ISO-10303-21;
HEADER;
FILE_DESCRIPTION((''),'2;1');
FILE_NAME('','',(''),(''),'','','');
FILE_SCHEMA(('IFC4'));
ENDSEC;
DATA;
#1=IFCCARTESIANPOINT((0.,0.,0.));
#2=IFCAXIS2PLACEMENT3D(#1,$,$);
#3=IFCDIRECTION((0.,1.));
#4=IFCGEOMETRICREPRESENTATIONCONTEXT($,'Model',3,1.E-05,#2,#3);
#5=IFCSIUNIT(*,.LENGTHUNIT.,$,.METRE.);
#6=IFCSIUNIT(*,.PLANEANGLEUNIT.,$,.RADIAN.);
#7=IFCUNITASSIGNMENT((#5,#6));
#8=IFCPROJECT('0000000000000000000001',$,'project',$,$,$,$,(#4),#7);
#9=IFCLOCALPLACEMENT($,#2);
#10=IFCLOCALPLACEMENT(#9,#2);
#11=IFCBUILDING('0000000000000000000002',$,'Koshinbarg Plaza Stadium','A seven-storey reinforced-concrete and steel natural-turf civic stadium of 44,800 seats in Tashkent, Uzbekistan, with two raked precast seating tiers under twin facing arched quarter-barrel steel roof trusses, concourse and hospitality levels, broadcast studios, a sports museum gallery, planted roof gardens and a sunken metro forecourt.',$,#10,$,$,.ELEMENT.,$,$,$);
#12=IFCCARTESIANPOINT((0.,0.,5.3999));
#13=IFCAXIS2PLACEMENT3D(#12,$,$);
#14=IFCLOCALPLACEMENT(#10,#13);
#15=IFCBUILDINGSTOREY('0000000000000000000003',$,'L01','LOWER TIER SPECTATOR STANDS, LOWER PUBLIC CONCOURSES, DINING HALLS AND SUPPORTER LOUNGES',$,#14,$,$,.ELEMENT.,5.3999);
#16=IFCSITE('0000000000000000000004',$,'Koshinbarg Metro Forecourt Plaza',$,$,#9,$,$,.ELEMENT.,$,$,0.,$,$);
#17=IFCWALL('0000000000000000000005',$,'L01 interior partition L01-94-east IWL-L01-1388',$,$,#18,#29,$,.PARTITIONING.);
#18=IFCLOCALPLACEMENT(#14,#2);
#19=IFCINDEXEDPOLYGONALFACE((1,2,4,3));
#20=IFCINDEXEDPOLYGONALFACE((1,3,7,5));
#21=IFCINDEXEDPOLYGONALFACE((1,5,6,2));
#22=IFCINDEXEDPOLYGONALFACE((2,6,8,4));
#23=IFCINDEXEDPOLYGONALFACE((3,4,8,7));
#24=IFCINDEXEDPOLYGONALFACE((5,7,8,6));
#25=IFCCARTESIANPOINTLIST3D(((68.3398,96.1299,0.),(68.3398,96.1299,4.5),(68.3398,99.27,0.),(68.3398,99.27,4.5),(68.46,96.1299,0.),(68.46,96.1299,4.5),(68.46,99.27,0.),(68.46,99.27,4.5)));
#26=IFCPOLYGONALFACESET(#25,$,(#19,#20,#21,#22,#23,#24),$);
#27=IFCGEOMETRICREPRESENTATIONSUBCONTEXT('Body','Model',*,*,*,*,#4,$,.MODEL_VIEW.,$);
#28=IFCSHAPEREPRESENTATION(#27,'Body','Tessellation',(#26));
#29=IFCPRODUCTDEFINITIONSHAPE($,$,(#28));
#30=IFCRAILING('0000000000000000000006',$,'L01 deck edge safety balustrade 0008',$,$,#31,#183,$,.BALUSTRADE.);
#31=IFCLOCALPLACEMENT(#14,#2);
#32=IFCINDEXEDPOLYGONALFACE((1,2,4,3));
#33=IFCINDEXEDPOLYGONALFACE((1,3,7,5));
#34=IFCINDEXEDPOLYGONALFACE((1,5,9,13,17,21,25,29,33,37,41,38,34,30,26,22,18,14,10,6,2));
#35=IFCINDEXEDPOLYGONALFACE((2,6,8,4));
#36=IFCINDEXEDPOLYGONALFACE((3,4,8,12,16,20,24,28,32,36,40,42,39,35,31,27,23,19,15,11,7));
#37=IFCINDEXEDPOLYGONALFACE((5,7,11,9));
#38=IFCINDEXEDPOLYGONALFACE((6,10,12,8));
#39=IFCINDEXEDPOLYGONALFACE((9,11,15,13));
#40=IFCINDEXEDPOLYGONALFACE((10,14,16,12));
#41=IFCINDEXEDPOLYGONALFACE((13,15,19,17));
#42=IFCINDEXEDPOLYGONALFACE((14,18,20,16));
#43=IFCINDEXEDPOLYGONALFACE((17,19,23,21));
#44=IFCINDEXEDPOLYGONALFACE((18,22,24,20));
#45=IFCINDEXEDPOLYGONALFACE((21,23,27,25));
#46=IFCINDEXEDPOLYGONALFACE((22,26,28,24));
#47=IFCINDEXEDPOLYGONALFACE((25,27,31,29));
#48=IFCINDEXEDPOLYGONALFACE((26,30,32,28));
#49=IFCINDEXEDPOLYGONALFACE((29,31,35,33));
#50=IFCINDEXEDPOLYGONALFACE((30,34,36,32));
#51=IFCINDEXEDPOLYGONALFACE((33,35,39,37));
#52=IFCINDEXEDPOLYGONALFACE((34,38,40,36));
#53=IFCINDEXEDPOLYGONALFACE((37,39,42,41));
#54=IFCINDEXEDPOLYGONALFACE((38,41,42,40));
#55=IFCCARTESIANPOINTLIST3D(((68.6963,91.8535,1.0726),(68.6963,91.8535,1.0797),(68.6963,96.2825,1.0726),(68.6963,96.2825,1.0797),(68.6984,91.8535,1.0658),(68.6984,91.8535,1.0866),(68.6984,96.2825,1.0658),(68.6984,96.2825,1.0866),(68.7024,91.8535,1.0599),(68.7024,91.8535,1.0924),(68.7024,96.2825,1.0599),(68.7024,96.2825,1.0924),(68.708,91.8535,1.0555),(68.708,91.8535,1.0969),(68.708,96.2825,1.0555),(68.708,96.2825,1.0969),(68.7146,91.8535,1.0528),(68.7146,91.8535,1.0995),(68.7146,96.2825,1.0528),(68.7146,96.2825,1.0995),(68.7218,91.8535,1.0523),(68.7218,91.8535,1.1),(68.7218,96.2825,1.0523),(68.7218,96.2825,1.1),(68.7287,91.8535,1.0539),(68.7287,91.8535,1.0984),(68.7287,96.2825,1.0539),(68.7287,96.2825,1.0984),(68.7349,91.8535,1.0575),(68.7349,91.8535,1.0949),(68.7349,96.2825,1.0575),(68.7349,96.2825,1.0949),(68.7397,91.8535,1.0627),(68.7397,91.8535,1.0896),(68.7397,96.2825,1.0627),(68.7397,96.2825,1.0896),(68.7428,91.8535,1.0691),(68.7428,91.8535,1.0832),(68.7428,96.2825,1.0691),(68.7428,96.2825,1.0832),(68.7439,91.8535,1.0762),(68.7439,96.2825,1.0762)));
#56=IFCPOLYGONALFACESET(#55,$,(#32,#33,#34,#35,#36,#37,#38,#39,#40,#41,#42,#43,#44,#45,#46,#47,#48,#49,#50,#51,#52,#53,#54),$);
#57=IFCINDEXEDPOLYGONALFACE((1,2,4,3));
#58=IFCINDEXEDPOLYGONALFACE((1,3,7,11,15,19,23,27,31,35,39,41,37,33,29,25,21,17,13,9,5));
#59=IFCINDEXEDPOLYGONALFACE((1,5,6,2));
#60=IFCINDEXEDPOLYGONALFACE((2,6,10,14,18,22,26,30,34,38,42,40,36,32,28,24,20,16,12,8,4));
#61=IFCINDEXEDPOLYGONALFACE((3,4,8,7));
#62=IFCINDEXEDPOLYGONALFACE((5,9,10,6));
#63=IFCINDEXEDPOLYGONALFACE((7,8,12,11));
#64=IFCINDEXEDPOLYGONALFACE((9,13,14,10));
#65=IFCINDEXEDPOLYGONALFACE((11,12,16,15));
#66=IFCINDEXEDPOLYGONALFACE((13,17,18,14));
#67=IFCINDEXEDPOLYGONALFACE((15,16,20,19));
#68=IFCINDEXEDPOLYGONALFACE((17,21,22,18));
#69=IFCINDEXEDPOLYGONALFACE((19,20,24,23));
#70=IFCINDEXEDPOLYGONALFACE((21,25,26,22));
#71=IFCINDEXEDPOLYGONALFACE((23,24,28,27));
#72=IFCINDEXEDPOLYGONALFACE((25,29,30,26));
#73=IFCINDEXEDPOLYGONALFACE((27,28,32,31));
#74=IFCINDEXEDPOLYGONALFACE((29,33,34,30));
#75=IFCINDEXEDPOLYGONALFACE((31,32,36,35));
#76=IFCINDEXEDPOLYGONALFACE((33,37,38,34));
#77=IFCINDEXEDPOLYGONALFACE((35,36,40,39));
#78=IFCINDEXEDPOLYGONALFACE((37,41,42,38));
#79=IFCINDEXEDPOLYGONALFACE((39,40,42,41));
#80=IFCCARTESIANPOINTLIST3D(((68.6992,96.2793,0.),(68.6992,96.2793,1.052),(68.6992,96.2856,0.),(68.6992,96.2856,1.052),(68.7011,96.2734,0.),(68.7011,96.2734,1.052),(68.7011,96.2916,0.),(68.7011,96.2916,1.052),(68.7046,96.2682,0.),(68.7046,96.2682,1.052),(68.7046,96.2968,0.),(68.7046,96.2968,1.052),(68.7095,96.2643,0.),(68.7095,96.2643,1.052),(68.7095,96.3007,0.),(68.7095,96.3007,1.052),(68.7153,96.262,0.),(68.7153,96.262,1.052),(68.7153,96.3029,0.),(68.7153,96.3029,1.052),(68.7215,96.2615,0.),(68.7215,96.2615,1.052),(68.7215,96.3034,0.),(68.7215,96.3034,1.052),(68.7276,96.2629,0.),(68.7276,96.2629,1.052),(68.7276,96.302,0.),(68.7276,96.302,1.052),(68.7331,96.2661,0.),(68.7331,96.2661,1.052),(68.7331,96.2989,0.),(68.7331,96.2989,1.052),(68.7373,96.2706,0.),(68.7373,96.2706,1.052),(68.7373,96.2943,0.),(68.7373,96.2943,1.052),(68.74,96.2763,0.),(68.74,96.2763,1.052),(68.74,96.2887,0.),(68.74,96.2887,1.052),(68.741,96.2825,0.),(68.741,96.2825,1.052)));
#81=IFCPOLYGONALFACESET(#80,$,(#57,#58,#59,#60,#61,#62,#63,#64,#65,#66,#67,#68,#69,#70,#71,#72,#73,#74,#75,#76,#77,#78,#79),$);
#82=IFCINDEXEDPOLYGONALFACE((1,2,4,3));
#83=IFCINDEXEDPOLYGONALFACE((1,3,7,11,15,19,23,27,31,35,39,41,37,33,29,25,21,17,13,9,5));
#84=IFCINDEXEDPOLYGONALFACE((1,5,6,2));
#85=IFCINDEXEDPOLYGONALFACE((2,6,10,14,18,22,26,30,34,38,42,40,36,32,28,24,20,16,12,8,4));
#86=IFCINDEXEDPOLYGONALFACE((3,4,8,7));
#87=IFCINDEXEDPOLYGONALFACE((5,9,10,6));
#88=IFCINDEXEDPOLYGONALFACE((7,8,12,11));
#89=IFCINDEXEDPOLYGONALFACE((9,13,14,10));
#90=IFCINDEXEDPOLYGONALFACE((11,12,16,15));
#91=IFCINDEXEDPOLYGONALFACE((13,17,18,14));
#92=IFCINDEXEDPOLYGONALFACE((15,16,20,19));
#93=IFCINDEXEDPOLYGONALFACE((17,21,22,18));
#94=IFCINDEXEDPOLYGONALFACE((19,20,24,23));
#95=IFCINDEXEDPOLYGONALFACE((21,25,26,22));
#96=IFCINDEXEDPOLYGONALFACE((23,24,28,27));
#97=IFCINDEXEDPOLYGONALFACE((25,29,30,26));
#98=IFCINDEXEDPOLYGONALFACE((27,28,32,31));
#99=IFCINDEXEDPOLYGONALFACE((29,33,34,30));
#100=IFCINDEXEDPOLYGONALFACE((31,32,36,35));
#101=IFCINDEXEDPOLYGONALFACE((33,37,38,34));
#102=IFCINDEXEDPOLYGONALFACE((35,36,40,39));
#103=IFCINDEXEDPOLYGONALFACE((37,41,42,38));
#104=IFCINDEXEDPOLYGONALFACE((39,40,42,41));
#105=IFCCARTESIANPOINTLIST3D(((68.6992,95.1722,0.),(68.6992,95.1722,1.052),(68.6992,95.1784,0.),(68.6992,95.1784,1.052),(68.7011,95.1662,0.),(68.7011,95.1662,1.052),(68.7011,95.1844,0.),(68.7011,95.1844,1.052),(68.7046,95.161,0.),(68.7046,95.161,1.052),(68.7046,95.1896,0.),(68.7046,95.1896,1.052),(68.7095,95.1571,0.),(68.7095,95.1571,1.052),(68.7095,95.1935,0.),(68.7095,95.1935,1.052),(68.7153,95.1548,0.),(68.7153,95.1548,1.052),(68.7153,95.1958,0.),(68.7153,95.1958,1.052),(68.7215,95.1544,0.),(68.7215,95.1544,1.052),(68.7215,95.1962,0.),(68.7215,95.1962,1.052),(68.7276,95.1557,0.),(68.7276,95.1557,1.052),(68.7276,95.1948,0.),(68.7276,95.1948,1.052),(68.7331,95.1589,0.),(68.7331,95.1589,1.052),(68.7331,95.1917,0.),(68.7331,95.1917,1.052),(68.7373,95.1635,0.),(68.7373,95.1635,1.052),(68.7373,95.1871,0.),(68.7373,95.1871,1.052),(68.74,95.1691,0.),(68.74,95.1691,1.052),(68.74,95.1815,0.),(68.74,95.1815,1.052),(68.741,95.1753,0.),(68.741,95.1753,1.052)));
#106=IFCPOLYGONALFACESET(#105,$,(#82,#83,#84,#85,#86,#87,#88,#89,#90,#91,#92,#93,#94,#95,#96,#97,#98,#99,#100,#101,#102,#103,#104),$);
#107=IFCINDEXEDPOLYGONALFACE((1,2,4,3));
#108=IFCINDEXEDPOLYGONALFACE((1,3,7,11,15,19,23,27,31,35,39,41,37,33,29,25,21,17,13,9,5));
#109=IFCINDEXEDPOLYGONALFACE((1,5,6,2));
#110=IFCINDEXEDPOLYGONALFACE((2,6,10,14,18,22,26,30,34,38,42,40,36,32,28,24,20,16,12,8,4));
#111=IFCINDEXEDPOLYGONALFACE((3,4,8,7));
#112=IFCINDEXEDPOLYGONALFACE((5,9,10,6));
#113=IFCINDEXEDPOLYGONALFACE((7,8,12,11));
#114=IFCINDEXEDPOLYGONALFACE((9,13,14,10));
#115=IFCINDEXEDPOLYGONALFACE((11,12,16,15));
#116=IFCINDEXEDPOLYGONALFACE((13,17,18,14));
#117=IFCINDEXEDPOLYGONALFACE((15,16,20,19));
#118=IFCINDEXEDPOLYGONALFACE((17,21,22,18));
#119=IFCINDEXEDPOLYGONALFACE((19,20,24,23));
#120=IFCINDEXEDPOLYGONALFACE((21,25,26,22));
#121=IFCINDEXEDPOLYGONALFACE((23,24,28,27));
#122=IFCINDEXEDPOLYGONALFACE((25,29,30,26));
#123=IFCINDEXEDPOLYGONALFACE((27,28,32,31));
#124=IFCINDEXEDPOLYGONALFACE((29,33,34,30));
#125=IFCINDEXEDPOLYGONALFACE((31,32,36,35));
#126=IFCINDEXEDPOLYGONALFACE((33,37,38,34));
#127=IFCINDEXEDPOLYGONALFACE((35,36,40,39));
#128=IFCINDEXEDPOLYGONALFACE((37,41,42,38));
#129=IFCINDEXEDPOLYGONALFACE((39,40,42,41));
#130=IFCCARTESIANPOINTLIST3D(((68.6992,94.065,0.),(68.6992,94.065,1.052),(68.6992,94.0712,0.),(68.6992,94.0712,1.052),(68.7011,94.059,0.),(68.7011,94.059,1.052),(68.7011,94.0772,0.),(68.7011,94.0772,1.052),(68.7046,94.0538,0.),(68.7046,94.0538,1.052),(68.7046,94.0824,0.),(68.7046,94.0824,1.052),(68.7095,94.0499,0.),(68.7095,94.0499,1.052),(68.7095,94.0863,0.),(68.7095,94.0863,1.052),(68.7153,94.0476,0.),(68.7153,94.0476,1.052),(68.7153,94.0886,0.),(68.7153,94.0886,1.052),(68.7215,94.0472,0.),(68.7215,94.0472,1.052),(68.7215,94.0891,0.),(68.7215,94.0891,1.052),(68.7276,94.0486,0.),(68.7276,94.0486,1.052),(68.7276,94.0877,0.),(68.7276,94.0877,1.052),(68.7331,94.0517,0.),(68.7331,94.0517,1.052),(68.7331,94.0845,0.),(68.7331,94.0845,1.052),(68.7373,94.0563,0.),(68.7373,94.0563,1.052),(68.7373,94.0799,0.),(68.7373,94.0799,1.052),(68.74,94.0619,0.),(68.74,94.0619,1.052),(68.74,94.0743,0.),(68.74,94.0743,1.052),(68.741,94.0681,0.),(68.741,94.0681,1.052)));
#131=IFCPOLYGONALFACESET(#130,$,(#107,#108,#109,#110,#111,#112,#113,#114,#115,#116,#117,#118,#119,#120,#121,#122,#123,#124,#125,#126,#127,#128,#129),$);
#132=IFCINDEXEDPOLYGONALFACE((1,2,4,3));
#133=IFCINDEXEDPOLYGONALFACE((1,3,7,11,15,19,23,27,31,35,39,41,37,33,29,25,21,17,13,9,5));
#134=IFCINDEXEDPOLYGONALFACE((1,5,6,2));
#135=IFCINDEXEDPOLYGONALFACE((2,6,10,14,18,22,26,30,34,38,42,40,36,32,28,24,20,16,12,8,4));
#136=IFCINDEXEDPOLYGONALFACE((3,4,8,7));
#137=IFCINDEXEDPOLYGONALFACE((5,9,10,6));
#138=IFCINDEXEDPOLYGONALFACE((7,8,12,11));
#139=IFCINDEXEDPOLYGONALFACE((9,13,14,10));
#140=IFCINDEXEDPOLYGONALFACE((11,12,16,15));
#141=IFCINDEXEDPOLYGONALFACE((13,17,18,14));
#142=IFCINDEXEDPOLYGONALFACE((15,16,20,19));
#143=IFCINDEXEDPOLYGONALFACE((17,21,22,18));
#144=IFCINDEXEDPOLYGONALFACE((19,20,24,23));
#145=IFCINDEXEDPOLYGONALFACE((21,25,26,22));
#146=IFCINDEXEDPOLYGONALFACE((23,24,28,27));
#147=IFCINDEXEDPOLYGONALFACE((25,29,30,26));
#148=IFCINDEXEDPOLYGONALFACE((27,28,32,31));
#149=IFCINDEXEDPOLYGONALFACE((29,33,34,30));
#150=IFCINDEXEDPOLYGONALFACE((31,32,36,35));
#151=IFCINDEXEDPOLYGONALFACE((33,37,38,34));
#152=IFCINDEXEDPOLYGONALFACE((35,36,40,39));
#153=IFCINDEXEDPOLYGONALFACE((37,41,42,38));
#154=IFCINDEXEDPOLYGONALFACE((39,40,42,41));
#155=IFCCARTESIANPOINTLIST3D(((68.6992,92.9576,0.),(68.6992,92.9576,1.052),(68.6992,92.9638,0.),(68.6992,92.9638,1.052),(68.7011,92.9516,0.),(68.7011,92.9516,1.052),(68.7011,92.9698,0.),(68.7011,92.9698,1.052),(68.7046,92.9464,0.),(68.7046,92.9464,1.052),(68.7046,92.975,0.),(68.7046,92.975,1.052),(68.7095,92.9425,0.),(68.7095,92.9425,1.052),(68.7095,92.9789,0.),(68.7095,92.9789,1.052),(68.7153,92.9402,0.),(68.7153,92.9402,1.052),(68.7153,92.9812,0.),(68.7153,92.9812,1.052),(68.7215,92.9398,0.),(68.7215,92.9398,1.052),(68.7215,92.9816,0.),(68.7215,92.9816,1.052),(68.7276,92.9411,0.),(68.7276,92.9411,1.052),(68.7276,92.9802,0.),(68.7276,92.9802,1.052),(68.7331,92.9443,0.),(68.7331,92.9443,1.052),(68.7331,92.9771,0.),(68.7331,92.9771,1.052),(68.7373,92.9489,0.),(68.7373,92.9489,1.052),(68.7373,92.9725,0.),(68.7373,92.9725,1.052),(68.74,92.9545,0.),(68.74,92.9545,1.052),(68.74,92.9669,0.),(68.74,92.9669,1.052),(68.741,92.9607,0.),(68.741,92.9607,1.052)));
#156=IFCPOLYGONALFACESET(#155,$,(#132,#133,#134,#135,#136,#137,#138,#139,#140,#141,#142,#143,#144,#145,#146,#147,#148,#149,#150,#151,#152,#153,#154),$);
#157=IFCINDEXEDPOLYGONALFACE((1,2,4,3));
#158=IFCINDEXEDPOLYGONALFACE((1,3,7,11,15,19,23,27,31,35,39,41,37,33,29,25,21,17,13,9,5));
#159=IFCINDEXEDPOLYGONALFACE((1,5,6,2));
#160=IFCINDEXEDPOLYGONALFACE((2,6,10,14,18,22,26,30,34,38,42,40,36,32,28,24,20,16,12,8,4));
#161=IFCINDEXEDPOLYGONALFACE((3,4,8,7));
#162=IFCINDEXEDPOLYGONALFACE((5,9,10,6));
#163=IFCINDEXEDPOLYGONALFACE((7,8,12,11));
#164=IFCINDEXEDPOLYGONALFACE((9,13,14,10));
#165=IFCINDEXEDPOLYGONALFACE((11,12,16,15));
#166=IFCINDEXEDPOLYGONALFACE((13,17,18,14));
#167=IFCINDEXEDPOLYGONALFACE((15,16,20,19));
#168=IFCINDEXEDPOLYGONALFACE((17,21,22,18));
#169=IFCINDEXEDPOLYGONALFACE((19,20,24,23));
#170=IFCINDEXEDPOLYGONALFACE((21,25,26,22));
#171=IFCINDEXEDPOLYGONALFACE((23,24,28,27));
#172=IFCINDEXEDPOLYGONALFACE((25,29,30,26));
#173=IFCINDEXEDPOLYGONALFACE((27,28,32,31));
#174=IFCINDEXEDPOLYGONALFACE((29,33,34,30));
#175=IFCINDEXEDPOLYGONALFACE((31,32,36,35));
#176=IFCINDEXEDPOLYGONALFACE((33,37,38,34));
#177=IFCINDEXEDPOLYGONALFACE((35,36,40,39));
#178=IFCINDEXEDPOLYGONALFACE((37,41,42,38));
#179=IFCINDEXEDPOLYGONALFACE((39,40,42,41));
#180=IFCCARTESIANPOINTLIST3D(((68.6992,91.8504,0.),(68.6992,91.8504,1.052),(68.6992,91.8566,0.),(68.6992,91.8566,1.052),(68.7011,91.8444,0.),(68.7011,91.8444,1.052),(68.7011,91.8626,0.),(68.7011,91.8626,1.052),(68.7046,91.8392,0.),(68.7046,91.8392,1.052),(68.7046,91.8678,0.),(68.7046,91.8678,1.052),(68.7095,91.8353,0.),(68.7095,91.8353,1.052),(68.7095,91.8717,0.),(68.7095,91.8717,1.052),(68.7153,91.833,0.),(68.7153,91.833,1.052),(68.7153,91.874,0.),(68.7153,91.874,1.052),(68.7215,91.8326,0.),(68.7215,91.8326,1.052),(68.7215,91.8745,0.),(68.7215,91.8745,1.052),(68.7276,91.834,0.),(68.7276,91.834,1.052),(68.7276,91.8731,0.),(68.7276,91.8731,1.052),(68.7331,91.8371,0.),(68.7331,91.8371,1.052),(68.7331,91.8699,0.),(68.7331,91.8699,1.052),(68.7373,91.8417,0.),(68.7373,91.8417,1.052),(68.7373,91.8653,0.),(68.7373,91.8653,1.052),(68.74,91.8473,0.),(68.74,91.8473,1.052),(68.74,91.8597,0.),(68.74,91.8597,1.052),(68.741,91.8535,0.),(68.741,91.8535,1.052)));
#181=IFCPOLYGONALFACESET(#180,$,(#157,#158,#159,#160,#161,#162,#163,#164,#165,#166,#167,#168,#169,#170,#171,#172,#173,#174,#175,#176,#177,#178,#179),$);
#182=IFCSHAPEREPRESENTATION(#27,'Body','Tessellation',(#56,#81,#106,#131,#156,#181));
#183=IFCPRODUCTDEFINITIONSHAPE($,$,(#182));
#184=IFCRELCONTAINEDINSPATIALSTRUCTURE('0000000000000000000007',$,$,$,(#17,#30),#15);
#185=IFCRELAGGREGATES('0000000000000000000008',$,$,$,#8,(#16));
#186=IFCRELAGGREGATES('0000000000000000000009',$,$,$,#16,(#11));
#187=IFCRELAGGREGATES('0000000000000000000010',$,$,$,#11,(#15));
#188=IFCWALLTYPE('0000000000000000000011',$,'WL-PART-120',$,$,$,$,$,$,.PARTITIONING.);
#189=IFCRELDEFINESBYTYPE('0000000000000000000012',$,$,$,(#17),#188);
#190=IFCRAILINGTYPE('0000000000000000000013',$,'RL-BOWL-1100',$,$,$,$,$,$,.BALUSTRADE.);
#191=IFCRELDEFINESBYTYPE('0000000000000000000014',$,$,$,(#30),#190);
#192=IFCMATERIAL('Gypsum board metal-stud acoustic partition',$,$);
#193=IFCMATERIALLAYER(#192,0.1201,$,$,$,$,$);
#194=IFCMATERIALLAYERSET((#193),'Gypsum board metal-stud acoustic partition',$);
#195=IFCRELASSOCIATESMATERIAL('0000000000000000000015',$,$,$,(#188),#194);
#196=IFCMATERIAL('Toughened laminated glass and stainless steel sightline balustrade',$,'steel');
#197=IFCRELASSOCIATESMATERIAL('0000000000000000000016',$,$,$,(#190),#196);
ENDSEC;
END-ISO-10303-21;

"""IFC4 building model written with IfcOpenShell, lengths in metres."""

from ifc_helpers import new_model, si_unit, direction, frame, frame_2d, origin, origin_2d, place, context, subcontext, project, spatial, rectangle, circle, extrude, material, layer, layer_set, type_object, element, save


model = new_model("IFC4")

# Units and contexts
model_context = context("Model", 3, precision=1e-05, world=origin(), true_north=direction((0.0, 1.0)))
body_context = subcontext(model_context, "Body", "Model", "MODEL_VIEW")
ifc_project = project(units=[si_unit("LENGTHUNIT", "METRE"), si_unit("PLANEANGLEUNIT", "RADIAN")], contexts=[model_context])

# Site, building, storey
site_placement = place(None, origin())
site = spatial("IfcSite", under=ifc_project, at=site_placement, Name="Koshinbarg Metro Forecourt Plaza", CompositionType="ELEMENT", RefElevation=0.0)
building_placement = place(site_placement, origin())
building = spatial("IfcBuilding", under=site, at=building_placement, Name="Koshinbarg Plaza Stadium", Description="A seven-storey reinforced-concrete and steel natural-turf civic stadium of 44,800 seats in Tashkent, Uzbekistan, with two raked precast seating tiers under twin facing arched quarter-barrel steel roof trusses, concourse and hospitality levels, broadcast studios, a sports museum gallery, planted roof gardens and a sunken metro forecourt.", CompositionType="ELEMENT")
storey_placement = place(building_placement, frame((0.0, 0.0, 5.3999)))
storey = spatial("IfcBuildingStorey", under=building, at=storey_placement, Name="L01", Description="LOWER TIER SPECTATOR STANDS, LOWER PUBLIC CONCOURSES, DINING HALLS AND SUPPORTER LOUNGES", CompositionType="ELEMENT", Elevation=5.3999)

# Wall
ifc_material_1 = material(Name="Gypsum board metal-stud acoustic partition")
ifc_layer = layer(ifc_material_1, 0.1201)
ifc_layer_set = layer_set([ifc_layer], Name="Gypsum board metal-stud acoustic partition")
wall_type = type_object("IfcWallType", Name="WL-PART-120", PredefinedType="PARTITIONING", material=ifc_layer_set)
wall_1_placement = place(storey_placement, frame((68.3999, 96.1299, 0.0), z_axis=(0.0, 0.0, 1.0), x_axis=(0.0, 1.0, 0.0)))
element("IfcWall", 1, at=wall_1_placement, inside=storey, type_object=wall_type, Name="L01 interior partition L01-94-east IWL-L01-1388", PredefinedType="PARTITIONING", context=body_context, shape_type="SweptSolid", body=[
    extrude(rectangle(XDim=3.1401, YDim=0.1201, at=frame_2d((1.5701, 0.0))), origin(), (0.0, 0.0, 1.0), 4.5),
])

# Railing
ifc_material_2 = material(Name="Toughened laminated glass and stainless steel sightline balustrade", Category="steel")
railing_type_1 = type_object("IfcRailingType", Name="RL-BOWL-1100", PredefinedType="BALUSTRADE", material=ifc_material_2)
railing_1_placement = place(storey_placement, frame((68.72, 96.2825, 0.0)))
element("IfcRailing", 2, at=railing_1_placement, inside=storey, type_object=railing_type_1, Name="L01 deck edge safety balustrade 0008", PredefinedType="BALUSTRADE", context=body_context, shape_type="SweptSolid", body=[
    extrude(circle(Radius=0.0239, at=origin_2d()), frame((0.0, 0.0, 1.0762), z_axis=(0.0, -1.0, 0.0), x_axis=(1.0, 0.0, 0.0)), (0.0, 0.0, 1.0), 4.429),
    extrude(circle(Radius=0.021, at=origin_2d()), origin(), (0.0, 0.0, 1.0), 1.052),
    extrude(circle(Radius=0.021, at=origin_2d()), frame((0.0, -1.1072, 0.0)), (0.0, 0.0, 1.0), 1.052),
    extrude(circle(Radius=0.021, at=origin_2d()), frame((0.0, -2.2144, 0.0)), (0.0, 0.0, 1.0), 1.052),
    extrude(circle(Radius=0.021, at=origin_2d()), frame((0.0, -3.3218, 0.0)), (0.0, 0.0, 1.0), 1.052),
    extrude(circle(Radius=0.021, at=origin_2d()), frame((0.0, -4.429, 0.0)), (0.0, 0.0, 1.0), 1.052),
])

save(model, "model.ifc")
